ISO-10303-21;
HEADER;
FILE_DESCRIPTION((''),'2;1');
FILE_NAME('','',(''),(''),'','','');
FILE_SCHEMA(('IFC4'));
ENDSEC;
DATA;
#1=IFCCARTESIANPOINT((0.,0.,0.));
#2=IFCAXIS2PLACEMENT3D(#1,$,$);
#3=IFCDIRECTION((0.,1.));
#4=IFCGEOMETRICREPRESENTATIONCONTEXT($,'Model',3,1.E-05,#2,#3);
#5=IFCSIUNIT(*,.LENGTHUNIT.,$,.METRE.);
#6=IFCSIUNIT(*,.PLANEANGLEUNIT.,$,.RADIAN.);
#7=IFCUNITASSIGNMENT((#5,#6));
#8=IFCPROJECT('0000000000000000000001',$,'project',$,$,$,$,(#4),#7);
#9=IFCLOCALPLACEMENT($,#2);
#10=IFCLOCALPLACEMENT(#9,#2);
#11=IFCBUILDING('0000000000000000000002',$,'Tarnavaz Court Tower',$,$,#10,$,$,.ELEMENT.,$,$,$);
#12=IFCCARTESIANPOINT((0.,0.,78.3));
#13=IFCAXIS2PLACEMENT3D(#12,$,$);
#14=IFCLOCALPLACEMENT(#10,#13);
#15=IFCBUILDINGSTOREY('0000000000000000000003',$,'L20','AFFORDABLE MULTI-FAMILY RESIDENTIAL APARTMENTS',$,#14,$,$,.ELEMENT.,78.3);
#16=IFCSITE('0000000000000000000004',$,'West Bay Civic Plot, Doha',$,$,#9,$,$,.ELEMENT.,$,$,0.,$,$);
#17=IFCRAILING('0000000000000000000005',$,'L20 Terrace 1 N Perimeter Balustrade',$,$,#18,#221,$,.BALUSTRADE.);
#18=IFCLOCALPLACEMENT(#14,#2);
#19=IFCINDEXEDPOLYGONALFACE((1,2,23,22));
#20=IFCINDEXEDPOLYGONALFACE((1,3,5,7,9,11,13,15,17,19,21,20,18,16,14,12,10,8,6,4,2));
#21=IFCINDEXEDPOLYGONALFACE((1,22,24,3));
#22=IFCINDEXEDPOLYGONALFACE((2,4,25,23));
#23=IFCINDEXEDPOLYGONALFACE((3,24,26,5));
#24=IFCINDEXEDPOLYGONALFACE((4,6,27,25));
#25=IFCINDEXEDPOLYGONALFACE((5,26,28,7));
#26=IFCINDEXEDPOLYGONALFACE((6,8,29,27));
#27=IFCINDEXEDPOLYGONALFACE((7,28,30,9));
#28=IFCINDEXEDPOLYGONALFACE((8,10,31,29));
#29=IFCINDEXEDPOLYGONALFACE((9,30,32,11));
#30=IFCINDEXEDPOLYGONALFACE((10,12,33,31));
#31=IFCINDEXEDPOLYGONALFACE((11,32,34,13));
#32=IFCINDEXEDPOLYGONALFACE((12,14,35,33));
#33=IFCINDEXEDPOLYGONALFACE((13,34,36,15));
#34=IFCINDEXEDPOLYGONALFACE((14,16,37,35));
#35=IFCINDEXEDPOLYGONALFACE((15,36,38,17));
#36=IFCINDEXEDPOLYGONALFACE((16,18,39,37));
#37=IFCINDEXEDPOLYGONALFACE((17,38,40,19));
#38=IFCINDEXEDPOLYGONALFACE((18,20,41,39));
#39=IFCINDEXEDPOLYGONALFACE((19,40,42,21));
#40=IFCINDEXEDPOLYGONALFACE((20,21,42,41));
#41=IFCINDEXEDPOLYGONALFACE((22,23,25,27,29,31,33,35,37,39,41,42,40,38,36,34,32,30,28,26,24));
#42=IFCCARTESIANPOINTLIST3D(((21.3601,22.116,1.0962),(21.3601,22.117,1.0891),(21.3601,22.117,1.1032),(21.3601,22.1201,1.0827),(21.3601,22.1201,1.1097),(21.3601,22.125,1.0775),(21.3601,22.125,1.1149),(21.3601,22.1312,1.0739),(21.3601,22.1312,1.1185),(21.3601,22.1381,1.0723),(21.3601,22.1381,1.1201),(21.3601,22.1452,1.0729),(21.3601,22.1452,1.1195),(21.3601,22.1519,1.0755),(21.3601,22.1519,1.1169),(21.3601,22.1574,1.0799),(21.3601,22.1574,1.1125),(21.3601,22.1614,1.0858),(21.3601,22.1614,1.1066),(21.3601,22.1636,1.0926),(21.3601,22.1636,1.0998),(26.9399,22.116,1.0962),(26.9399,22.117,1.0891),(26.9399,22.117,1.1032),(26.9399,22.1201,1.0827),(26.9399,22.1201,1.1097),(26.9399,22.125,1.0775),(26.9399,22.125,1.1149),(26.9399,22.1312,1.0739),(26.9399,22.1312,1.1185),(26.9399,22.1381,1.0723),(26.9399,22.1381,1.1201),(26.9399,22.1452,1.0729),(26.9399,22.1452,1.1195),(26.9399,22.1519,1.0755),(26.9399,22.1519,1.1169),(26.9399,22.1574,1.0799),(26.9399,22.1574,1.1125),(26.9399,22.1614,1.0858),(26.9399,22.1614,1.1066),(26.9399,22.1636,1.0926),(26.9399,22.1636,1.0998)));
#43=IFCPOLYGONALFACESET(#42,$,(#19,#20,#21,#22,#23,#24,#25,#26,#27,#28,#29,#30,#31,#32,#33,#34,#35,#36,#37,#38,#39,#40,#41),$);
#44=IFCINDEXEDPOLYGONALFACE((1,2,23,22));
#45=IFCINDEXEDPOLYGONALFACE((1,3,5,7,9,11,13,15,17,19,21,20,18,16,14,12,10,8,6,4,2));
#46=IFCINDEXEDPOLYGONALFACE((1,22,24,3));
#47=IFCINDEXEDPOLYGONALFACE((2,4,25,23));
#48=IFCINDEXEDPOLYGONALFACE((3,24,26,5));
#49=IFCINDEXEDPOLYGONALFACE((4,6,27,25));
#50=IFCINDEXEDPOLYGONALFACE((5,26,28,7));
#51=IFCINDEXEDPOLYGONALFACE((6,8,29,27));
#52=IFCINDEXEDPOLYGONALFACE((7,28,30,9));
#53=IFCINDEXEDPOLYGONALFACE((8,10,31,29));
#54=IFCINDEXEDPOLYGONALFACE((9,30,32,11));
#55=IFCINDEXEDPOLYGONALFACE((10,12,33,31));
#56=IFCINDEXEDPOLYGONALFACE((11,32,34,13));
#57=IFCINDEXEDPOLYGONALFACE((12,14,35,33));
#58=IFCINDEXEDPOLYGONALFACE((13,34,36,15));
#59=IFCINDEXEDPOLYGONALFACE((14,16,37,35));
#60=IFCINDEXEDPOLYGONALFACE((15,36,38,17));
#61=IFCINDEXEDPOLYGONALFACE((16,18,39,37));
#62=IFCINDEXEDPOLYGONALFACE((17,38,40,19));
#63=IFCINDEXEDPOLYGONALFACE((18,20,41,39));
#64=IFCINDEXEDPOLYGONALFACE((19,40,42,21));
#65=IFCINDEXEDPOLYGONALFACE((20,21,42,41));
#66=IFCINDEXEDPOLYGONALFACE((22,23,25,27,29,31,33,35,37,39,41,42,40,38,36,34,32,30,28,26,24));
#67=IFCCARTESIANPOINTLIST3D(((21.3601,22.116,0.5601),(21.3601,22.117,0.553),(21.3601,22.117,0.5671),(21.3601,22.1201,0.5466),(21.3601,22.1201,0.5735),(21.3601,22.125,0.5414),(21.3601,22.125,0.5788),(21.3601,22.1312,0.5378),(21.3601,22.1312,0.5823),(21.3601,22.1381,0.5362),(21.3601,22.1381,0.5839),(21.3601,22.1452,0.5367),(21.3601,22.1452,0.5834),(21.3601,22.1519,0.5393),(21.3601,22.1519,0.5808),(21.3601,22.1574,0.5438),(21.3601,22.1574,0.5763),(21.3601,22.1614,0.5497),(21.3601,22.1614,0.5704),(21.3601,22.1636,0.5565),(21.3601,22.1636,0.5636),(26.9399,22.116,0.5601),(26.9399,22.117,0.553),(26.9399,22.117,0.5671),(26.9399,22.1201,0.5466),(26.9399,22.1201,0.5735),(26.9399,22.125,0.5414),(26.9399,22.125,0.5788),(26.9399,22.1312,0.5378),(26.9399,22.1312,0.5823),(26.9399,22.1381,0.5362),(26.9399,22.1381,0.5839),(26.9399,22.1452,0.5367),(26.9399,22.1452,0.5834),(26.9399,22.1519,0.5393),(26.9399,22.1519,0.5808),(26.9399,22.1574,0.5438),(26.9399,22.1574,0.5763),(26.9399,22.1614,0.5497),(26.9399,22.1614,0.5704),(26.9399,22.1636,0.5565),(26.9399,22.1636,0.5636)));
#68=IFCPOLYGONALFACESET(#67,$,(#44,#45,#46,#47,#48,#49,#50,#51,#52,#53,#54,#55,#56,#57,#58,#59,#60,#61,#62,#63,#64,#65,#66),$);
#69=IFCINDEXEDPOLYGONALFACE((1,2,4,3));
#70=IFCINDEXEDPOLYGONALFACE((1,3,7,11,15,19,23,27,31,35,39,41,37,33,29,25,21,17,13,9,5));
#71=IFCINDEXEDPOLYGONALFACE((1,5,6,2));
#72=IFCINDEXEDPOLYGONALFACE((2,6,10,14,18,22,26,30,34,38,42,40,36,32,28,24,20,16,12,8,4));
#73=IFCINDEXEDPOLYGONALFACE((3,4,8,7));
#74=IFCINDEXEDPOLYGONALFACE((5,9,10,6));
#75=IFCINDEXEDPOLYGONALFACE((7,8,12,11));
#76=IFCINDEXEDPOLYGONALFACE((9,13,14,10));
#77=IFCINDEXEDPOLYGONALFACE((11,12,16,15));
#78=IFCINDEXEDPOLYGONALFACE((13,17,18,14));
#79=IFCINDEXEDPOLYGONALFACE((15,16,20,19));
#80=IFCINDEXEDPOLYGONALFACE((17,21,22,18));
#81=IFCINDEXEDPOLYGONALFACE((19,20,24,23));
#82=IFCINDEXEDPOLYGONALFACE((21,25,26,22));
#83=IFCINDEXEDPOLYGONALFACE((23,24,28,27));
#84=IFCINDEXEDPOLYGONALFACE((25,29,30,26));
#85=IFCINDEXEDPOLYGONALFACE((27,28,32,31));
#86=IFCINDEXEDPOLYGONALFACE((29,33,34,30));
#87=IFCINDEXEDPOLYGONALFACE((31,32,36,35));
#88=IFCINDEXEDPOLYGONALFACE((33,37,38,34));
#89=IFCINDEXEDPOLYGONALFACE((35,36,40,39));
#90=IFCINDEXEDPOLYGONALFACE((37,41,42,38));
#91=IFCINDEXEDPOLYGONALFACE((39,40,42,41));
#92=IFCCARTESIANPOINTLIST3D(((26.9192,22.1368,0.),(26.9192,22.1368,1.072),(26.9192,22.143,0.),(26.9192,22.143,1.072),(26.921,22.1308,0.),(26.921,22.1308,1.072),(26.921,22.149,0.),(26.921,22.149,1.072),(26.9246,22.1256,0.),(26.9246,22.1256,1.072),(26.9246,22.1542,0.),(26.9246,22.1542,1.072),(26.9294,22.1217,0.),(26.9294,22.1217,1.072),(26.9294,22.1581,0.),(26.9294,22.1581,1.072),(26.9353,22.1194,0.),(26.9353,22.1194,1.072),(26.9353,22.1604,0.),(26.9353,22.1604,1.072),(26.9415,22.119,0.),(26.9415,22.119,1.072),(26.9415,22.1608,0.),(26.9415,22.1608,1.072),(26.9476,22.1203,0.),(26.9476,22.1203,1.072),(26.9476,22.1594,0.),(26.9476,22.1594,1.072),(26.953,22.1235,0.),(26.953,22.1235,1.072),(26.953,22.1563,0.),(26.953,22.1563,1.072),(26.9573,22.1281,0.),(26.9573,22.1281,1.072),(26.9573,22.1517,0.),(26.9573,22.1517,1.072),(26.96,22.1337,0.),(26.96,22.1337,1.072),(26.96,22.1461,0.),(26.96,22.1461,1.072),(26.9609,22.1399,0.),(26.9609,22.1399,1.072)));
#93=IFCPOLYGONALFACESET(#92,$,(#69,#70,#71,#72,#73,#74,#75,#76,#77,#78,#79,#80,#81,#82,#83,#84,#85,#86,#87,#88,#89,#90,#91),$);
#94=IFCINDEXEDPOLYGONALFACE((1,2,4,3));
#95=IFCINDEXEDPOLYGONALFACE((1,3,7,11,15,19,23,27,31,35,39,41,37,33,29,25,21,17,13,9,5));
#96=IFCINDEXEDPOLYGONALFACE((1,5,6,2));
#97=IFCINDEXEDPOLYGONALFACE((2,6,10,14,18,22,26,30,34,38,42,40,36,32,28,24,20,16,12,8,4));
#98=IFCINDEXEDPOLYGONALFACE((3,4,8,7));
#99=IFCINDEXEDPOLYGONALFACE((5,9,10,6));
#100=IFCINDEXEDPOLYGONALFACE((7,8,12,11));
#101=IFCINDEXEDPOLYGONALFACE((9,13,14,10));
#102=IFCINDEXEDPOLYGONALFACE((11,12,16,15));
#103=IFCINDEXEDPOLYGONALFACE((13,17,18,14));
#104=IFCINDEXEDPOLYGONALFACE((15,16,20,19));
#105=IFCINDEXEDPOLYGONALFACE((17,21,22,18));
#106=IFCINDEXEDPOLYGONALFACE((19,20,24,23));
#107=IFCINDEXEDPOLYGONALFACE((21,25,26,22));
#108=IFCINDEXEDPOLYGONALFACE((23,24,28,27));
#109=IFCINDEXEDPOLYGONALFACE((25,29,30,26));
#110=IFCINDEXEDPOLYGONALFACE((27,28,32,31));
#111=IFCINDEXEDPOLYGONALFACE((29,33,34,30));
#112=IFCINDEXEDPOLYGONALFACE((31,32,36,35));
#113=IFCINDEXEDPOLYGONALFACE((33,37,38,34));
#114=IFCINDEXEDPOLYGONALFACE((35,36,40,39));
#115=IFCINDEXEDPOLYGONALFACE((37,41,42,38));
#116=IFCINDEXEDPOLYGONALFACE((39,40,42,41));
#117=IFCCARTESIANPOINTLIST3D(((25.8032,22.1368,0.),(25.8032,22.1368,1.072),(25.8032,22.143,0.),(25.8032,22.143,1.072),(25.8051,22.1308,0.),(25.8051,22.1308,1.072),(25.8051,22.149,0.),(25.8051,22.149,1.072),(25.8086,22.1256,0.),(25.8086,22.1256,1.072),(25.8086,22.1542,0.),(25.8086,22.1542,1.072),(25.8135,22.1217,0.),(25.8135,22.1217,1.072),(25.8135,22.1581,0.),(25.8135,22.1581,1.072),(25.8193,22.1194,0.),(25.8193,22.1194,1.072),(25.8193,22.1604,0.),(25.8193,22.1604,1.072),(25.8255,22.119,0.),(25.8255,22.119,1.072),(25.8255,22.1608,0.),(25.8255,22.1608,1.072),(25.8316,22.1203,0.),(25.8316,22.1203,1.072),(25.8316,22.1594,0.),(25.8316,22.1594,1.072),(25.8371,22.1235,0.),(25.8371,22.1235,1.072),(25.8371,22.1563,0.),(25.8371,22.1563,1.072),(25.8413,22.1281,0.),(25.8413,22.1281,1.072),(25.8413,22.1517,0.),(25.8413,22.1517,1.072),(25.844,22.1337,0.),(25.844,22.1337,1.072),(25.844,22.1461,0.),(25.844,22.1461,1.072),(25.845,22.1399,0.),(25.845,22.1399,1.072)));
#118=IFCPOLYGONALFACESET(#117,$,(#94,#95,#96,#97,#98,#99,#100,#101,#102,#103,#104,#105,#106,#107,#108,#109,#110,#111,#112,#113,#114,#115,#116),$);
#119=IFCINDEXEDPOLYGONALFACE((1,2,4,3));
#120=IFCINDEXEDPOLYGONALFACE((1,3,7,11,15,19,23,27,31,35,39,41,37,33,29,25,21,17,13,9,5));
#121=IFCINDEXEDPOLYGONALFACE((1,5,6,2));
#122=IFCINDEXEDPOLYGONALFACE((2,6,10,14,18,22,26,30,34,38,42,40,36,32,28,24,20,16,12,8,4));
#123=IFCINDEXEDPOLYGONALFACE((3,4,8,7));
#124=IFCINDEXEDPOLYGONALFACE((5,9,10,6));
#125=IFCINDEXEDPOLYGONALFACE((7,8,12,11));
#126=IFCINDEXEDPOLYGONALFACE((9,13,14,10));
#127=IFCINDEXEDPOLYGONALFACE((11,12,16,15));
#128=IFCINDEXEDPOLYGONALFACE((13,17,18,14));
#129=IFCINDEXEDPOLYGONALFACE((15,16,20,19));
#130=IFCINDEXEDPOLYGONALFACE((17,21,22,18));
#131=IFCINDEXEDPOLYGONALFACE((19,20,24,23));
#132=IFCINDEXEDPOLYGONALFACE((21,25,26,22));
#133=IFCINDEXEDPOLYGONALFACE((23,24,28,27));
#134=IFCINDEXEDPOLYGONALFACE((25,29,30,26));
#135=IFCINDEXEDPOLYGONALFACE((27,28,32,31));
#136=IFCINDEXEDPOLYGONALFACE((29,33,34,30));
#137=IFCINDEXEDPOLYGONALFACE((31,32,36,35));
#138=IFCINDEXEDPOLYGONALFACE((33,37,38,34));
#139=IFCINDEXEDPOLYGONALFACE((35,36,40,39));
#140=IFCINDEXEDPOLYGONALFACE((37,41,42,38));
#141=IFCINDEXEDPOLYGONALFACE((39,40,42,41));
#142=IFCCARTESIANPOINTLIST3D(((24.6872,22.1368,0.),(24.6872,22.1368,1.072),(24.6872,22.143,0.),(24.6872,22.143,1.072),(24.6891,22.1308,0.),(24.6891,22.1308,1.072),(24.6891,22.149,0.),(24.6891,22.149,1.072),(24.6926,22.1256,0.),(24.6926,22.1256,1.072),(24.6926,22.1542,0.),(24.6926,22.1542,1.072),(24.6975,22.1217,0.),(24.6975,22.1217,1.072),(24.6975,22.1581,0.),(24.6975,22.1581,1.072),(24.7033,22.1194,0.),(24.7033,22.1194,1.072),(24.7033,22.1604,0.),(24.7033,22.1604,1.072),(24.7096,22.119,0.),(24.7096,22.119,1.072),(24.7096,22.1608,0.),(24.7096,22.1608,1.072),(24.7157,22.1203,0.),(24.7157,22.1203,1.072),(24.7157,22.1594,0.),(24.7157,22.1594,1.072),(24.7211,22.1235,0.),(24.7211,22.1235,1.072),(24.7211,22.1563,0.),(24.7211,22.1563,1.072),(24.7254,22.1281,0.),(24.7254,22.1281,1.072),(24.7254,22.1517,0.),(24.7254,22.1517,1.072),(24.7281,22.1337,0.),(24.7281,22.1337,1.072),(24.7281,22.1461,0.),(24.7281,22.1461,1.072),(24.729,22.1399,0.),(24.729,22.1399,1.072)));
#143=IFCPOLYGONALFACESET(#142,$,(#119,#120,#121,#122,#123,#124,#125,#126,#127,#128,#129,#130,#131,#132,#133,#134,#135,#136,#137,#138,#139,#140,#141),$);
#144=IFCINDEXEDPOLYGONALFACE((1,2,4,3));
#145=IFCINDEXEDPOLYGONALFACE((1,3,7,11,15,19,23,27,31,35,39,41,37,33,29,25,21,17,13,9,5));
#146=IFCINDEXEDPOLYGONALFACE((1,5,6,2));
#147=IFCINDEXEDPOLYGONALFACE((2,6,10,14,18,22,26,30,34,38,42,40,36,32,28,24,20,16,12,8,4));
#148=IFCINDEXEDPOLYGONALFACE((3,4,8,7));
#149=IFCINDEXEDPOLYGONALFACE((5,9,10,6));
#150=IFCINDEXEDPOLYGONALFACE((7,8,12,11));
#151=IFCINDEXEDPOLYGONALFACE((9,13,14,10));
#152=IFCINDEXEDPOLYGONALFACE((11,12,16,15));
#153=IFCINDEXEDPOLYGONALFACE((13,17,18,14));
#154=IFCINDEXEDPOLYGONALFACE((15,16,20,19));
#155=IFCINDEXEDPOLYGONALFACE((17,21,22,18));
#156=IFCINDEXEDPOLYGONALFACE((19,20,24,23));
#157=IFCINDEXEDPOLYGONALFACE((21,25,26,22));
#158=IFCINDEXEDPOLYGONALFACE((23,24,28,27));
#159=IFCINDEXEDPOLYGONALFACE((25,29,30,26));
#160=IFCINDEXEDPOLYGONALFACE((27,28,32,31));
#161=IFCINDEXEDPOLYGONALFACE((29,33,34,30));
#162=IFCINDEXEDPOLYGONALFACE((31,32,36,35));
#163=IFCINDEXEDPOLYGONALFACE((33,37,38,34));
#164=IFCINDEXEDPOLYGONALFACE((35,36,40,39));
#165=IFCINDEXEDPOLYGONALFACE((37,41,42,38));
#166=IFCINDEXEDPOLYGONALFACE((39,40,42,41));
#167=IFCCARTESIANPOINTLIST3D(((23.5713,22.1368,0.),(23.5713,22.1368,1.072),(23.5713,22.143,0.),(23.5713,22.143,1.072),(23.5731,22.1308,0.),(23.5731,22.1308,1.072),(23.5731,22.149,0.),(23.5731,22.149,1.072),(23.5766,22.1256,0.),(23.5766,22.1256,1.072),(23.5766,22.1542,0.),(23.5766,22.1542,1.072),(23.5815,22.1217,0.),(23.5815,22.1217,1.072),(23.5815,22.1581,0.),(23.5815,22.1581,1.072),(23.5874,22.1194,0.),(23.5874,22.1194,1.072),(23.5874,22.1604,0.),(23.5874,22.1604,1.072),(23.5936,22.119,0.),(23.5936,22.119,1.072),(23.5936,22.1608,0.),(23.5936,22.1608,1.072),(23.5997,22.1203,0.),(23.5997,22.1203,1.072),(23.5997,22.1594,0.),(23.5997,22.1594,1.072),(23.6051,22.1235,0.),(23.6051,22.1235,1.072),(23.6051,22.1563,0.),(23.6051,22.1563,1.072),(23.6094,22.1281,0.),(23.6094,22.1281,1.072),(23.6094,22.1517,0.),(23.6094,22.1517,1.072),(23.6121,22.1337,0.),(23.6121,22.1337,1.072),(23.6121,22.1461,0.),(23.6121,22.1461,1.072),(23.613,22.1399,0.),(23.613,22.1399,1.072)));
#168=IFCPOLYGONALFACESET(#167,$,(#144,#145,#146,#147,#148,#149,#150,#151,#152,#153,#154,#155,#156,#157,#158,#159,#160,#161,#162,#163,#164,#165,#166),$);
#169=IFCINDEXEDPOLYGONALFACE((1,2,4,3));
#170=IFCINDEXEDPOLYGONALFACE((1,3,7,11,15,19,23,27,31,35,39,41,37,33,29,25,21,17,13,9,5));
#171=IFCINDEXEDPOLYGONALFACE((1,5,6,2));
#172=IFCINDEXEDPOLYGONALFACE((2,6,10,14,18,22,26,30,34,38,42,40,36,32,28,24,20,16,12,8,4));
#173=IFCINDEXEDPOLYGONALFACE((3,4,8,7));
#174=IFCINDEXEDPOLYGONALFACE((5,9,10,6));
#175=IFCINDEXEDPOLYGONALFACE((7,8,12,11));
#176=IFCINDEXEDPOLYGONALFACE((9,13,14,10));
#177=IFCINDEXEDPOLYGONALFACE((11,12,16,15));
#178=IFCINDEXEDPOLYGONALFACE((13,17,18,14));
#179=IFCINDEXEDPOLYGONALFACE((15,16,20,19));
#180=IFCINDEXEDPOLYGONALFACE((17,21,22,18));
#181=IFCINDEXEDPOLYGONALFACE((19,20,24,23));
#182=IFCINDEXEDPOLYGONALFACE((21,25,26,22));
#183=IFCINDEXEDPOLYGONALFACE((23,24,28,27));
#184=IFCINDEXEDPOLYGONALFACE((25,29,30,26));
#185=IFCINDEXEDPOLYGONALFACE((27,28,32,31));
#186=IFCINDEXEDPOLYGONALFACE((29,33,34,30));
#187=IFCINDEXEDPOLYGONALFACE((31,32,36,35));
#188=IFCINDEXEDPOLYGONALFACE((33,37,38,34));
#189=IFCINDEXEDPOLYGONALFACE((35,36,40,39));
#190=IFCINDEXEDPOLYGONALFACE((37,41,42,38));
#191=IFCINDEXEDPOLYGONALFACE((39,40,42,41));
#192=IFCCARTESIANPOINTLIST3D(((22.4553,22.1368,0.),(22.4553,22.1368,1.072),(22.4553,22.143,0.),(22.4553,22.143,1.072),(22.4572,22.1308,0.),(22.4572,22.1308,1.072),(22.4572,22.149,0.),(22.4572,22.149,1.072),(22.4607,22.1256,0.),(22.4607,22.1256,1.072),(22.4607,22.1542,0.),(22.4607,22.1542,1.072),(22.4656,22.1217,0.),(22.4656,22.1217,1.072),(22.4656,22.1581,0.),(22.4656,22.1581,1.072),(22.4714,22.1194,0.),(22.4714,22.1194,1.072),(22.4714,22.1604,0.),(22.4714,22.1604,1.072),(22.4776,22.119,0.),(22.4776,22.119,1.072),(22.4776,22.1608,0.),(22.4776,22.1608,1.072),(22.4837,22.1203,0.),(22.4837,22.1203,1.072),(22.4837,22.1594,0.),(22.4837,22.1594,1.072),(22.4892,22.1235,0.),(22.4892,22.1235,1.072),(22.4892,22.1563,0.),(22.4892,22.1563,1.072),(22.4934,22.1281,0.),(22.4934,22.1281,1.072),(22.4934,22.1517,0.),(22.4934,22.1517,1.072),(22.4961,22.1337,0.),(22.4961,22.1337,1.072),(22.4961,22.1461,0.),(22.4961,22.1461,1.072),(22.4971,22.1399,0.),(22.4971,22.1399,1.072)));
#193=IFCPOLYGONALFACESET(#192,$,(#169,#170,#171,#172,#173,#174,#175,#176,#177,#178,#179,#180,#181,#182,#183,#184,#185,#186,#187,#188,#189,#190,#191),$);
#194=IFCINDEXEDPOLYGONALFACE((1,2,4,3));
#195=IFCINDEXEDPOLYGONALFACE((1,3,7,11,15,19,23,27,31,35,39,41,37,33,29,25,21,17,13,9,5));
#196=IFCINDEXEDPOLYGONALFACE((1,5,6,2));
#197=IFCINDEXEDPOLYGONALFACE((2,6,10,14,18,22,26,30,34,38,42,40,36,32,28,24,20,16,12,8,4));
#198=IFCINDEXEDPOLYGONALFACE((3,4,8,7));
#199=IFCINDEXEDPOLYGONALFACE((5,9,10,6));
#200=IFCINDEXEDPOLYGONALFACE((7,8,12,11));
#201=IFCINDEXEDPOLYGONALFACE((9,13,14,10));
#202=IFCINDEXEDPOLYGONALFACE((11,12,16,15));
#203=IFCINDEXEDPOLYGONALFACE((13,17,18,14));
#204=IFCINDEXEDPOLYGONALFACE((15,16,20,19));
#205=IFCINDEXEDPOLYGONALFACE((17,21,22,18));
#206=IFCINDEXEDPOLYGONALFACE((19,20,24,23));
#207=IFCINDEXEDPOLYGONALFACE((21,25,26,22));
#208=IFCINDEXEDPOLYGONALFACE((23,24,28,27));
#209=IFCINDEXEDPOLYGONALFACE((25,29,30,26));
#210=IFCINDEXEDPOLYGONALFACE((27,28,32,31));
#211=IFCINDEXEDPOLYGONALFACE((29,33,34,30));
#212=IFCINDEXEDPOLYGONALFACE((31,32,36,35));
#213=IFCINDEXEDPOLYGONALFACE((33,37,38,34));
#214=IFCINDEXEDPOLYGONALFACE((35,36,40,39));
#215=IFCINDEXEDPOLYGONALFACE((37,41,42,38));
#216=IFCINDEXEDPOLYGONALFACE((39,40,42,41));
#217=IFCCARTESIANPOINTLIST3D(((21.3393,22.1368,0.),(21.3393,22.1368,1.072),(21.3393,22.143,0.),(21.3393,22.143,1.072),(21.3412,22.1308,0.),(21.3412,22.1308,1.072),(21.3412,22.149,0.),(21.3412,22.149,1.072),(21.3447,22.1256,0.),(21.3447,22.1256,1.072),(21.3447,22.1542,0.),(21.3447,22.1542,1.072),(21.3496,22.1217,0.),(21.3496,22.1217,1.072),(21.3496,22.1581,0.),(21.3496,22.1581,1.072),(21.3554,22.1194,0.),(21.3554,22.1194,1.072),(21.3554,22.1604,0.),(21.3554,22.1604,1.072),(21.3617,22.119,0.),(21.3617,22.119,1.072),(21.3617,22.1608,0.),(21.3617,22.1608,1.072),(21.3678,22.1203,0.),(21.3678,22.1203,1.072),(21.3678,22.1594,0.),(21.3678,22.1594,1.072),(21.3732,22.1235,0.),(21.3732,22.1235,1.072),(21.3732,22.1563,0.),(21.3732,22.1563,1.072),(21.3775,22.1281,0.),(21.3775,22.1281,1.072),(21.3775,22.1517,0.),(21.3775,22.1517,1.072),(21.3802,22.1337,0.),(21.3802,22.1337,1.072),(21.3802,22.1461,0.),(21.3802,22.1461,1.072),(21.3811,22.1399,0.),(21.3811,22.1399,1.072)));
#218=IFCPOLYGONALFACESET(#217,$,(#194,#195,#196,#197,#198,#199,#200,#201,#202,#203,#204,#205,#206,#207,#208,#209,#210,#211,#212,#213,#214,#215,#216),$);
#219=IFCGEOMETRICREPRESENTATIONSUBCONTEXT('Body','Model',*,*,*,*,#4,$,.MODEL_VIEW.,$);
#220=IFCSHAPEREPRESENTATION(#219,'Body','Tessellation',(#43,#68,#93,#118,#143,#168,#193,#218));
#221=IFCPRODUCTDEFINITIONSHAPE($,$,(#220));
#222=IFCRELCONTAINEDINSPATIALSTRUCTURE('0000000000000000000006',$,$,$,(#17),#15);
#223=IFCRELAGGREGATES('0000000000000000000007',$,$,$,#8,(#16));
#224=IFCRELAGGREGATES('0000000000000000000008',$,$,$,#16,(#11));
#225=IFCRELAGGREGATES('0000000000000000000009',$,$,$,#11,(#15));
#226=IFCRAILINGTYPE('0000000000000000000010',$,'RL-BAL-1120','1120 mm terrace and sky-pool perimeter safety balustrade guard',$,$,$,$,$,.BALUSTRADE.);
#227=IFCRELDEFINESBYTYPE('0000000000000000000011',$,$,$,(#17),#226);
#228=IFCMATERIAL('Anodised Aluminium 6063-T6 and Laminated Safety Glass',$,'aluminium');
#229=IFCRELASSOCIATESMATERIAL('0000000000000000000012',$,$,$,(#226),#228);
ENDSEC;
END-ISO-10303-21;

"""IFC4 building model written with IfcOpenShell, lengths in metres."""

from ifc_helpers import new_model, si_unit, direction, frame, origin, origin_2d, place, context, subcontext, project, spatial, circle, extrude, material, type_object, element, save


model = new_model("IFC4")

# Units and contexts
model_context = context("Model", 3, precision=1e-05, world=origin(), true_north=direction((0.0, 1.0)))
body_context = subcontext(model_context, "Body", "Model", "MODEL_VIEW")
ifc_project = project(units=[si_unit("LENGTHUNIT", "METRE"), si_unit("PLANEANGLEUNIT", "RADIAN")], contexts=[model_context])

# Site, building, storey
site_placement = place(None, origin())
site = spatial("IfcSite", under=ifc_project, at=site_placement, Name="West Bay Civic Plot, Doha", CompositionType="ELEMENT", RefElevation=0.0)
building_placement = place(site_placement, origin())
building = spatial("IfcBuilding", under=site, at=building_placement, Name="Tarnavaz Court Tower", CompositionType="ELEMENT")
storey_placement = place(building_placement, frame((0.0, 0.0, 78.3)))
storey = spatial("IfcBuildingStorey", under=building, at=storey_placement, Name="L20", Description="AFFORDABLE MULTI-FAMILY RESIDENTIAL APARTMENTS", CompositionType="ELEMENT", Elevation=78.3)

# Railing
ifc_material_1 = material(Name="Anodised Aluminium 6063-T6 and Laminated Safety Glass", Category="aluminium")
railing_type = type_object("IfcRailingType", Name="RL-BAL-1120", Description="1120 mm terrace and sky-pool perimeter safety balustrade guard", PredefinedType="BALUSTRADE", material=ifc_material_1)
railing_1_placement = place(storey_placement, frame((26.9399, 22.1399, 0.0)))
element("IfcRailing", 1, at=railing_1_placement, inside=storey, type_object=railing_type, Name="L20 Terrace 1 N Perimeter Balustrade", PredefinedType="BALUSTRADE", context=body_context, shape_type="SweptSolid", body=[
    extrude(circle(Radius=0.0239, at=origin_2d()), frame((0.0, 0.0, 1.0962), z_axis=(-1.0, 0.0, 0.0), x_axis=(0.0, -1.0, 0.0)), (0.0, 0.0, 1.0), 5.5798),
    extrude(circle(Radius=0.0239, at=origin_2d()), frame((0.0, 0.0, 0.5601), z_axis=(-1.0, 0.0, 0.0), x_axis=(0.0, -1.0, 0.0)), (0.0, 0.0, 1.0), 5.5798),
    extrude(circle(Radius=0.021, at=origin_2d()), origin(), (0.0, 0.0, 1.0), 1.072),
    extrude(circle(Radius=0.021, at=origin_2d()), frame((-1.116, 0.0, 0.0)), (0.0, 0.0, 1.0), 1.072),
    extrude(circle(Radius=0.021, at=origin_2d()), frame((-2.2319, 0.0, 0.0)), (0.0, 0.0, 1.0), 1.072),
    extrude(circle(Radius=0.021, at=origin_2d()), frame((-3.3479, 0.0, 0.0)), (0.0, 0.0, 1.0), 1.072),
    extrude(circle(Radius=0.021, at=origin_2d()), frame((-4.4639, 0.0, 0.0)), (0.0, 0.0, 1.0), 1.072),
    extrude(circle(Radius=0.021, at=origin_2d()), frame((-5.5798, 0.0, 0.0)), (0.0, 0.0, 1.0), 1.072),
])

save(model, "model.ifc")
